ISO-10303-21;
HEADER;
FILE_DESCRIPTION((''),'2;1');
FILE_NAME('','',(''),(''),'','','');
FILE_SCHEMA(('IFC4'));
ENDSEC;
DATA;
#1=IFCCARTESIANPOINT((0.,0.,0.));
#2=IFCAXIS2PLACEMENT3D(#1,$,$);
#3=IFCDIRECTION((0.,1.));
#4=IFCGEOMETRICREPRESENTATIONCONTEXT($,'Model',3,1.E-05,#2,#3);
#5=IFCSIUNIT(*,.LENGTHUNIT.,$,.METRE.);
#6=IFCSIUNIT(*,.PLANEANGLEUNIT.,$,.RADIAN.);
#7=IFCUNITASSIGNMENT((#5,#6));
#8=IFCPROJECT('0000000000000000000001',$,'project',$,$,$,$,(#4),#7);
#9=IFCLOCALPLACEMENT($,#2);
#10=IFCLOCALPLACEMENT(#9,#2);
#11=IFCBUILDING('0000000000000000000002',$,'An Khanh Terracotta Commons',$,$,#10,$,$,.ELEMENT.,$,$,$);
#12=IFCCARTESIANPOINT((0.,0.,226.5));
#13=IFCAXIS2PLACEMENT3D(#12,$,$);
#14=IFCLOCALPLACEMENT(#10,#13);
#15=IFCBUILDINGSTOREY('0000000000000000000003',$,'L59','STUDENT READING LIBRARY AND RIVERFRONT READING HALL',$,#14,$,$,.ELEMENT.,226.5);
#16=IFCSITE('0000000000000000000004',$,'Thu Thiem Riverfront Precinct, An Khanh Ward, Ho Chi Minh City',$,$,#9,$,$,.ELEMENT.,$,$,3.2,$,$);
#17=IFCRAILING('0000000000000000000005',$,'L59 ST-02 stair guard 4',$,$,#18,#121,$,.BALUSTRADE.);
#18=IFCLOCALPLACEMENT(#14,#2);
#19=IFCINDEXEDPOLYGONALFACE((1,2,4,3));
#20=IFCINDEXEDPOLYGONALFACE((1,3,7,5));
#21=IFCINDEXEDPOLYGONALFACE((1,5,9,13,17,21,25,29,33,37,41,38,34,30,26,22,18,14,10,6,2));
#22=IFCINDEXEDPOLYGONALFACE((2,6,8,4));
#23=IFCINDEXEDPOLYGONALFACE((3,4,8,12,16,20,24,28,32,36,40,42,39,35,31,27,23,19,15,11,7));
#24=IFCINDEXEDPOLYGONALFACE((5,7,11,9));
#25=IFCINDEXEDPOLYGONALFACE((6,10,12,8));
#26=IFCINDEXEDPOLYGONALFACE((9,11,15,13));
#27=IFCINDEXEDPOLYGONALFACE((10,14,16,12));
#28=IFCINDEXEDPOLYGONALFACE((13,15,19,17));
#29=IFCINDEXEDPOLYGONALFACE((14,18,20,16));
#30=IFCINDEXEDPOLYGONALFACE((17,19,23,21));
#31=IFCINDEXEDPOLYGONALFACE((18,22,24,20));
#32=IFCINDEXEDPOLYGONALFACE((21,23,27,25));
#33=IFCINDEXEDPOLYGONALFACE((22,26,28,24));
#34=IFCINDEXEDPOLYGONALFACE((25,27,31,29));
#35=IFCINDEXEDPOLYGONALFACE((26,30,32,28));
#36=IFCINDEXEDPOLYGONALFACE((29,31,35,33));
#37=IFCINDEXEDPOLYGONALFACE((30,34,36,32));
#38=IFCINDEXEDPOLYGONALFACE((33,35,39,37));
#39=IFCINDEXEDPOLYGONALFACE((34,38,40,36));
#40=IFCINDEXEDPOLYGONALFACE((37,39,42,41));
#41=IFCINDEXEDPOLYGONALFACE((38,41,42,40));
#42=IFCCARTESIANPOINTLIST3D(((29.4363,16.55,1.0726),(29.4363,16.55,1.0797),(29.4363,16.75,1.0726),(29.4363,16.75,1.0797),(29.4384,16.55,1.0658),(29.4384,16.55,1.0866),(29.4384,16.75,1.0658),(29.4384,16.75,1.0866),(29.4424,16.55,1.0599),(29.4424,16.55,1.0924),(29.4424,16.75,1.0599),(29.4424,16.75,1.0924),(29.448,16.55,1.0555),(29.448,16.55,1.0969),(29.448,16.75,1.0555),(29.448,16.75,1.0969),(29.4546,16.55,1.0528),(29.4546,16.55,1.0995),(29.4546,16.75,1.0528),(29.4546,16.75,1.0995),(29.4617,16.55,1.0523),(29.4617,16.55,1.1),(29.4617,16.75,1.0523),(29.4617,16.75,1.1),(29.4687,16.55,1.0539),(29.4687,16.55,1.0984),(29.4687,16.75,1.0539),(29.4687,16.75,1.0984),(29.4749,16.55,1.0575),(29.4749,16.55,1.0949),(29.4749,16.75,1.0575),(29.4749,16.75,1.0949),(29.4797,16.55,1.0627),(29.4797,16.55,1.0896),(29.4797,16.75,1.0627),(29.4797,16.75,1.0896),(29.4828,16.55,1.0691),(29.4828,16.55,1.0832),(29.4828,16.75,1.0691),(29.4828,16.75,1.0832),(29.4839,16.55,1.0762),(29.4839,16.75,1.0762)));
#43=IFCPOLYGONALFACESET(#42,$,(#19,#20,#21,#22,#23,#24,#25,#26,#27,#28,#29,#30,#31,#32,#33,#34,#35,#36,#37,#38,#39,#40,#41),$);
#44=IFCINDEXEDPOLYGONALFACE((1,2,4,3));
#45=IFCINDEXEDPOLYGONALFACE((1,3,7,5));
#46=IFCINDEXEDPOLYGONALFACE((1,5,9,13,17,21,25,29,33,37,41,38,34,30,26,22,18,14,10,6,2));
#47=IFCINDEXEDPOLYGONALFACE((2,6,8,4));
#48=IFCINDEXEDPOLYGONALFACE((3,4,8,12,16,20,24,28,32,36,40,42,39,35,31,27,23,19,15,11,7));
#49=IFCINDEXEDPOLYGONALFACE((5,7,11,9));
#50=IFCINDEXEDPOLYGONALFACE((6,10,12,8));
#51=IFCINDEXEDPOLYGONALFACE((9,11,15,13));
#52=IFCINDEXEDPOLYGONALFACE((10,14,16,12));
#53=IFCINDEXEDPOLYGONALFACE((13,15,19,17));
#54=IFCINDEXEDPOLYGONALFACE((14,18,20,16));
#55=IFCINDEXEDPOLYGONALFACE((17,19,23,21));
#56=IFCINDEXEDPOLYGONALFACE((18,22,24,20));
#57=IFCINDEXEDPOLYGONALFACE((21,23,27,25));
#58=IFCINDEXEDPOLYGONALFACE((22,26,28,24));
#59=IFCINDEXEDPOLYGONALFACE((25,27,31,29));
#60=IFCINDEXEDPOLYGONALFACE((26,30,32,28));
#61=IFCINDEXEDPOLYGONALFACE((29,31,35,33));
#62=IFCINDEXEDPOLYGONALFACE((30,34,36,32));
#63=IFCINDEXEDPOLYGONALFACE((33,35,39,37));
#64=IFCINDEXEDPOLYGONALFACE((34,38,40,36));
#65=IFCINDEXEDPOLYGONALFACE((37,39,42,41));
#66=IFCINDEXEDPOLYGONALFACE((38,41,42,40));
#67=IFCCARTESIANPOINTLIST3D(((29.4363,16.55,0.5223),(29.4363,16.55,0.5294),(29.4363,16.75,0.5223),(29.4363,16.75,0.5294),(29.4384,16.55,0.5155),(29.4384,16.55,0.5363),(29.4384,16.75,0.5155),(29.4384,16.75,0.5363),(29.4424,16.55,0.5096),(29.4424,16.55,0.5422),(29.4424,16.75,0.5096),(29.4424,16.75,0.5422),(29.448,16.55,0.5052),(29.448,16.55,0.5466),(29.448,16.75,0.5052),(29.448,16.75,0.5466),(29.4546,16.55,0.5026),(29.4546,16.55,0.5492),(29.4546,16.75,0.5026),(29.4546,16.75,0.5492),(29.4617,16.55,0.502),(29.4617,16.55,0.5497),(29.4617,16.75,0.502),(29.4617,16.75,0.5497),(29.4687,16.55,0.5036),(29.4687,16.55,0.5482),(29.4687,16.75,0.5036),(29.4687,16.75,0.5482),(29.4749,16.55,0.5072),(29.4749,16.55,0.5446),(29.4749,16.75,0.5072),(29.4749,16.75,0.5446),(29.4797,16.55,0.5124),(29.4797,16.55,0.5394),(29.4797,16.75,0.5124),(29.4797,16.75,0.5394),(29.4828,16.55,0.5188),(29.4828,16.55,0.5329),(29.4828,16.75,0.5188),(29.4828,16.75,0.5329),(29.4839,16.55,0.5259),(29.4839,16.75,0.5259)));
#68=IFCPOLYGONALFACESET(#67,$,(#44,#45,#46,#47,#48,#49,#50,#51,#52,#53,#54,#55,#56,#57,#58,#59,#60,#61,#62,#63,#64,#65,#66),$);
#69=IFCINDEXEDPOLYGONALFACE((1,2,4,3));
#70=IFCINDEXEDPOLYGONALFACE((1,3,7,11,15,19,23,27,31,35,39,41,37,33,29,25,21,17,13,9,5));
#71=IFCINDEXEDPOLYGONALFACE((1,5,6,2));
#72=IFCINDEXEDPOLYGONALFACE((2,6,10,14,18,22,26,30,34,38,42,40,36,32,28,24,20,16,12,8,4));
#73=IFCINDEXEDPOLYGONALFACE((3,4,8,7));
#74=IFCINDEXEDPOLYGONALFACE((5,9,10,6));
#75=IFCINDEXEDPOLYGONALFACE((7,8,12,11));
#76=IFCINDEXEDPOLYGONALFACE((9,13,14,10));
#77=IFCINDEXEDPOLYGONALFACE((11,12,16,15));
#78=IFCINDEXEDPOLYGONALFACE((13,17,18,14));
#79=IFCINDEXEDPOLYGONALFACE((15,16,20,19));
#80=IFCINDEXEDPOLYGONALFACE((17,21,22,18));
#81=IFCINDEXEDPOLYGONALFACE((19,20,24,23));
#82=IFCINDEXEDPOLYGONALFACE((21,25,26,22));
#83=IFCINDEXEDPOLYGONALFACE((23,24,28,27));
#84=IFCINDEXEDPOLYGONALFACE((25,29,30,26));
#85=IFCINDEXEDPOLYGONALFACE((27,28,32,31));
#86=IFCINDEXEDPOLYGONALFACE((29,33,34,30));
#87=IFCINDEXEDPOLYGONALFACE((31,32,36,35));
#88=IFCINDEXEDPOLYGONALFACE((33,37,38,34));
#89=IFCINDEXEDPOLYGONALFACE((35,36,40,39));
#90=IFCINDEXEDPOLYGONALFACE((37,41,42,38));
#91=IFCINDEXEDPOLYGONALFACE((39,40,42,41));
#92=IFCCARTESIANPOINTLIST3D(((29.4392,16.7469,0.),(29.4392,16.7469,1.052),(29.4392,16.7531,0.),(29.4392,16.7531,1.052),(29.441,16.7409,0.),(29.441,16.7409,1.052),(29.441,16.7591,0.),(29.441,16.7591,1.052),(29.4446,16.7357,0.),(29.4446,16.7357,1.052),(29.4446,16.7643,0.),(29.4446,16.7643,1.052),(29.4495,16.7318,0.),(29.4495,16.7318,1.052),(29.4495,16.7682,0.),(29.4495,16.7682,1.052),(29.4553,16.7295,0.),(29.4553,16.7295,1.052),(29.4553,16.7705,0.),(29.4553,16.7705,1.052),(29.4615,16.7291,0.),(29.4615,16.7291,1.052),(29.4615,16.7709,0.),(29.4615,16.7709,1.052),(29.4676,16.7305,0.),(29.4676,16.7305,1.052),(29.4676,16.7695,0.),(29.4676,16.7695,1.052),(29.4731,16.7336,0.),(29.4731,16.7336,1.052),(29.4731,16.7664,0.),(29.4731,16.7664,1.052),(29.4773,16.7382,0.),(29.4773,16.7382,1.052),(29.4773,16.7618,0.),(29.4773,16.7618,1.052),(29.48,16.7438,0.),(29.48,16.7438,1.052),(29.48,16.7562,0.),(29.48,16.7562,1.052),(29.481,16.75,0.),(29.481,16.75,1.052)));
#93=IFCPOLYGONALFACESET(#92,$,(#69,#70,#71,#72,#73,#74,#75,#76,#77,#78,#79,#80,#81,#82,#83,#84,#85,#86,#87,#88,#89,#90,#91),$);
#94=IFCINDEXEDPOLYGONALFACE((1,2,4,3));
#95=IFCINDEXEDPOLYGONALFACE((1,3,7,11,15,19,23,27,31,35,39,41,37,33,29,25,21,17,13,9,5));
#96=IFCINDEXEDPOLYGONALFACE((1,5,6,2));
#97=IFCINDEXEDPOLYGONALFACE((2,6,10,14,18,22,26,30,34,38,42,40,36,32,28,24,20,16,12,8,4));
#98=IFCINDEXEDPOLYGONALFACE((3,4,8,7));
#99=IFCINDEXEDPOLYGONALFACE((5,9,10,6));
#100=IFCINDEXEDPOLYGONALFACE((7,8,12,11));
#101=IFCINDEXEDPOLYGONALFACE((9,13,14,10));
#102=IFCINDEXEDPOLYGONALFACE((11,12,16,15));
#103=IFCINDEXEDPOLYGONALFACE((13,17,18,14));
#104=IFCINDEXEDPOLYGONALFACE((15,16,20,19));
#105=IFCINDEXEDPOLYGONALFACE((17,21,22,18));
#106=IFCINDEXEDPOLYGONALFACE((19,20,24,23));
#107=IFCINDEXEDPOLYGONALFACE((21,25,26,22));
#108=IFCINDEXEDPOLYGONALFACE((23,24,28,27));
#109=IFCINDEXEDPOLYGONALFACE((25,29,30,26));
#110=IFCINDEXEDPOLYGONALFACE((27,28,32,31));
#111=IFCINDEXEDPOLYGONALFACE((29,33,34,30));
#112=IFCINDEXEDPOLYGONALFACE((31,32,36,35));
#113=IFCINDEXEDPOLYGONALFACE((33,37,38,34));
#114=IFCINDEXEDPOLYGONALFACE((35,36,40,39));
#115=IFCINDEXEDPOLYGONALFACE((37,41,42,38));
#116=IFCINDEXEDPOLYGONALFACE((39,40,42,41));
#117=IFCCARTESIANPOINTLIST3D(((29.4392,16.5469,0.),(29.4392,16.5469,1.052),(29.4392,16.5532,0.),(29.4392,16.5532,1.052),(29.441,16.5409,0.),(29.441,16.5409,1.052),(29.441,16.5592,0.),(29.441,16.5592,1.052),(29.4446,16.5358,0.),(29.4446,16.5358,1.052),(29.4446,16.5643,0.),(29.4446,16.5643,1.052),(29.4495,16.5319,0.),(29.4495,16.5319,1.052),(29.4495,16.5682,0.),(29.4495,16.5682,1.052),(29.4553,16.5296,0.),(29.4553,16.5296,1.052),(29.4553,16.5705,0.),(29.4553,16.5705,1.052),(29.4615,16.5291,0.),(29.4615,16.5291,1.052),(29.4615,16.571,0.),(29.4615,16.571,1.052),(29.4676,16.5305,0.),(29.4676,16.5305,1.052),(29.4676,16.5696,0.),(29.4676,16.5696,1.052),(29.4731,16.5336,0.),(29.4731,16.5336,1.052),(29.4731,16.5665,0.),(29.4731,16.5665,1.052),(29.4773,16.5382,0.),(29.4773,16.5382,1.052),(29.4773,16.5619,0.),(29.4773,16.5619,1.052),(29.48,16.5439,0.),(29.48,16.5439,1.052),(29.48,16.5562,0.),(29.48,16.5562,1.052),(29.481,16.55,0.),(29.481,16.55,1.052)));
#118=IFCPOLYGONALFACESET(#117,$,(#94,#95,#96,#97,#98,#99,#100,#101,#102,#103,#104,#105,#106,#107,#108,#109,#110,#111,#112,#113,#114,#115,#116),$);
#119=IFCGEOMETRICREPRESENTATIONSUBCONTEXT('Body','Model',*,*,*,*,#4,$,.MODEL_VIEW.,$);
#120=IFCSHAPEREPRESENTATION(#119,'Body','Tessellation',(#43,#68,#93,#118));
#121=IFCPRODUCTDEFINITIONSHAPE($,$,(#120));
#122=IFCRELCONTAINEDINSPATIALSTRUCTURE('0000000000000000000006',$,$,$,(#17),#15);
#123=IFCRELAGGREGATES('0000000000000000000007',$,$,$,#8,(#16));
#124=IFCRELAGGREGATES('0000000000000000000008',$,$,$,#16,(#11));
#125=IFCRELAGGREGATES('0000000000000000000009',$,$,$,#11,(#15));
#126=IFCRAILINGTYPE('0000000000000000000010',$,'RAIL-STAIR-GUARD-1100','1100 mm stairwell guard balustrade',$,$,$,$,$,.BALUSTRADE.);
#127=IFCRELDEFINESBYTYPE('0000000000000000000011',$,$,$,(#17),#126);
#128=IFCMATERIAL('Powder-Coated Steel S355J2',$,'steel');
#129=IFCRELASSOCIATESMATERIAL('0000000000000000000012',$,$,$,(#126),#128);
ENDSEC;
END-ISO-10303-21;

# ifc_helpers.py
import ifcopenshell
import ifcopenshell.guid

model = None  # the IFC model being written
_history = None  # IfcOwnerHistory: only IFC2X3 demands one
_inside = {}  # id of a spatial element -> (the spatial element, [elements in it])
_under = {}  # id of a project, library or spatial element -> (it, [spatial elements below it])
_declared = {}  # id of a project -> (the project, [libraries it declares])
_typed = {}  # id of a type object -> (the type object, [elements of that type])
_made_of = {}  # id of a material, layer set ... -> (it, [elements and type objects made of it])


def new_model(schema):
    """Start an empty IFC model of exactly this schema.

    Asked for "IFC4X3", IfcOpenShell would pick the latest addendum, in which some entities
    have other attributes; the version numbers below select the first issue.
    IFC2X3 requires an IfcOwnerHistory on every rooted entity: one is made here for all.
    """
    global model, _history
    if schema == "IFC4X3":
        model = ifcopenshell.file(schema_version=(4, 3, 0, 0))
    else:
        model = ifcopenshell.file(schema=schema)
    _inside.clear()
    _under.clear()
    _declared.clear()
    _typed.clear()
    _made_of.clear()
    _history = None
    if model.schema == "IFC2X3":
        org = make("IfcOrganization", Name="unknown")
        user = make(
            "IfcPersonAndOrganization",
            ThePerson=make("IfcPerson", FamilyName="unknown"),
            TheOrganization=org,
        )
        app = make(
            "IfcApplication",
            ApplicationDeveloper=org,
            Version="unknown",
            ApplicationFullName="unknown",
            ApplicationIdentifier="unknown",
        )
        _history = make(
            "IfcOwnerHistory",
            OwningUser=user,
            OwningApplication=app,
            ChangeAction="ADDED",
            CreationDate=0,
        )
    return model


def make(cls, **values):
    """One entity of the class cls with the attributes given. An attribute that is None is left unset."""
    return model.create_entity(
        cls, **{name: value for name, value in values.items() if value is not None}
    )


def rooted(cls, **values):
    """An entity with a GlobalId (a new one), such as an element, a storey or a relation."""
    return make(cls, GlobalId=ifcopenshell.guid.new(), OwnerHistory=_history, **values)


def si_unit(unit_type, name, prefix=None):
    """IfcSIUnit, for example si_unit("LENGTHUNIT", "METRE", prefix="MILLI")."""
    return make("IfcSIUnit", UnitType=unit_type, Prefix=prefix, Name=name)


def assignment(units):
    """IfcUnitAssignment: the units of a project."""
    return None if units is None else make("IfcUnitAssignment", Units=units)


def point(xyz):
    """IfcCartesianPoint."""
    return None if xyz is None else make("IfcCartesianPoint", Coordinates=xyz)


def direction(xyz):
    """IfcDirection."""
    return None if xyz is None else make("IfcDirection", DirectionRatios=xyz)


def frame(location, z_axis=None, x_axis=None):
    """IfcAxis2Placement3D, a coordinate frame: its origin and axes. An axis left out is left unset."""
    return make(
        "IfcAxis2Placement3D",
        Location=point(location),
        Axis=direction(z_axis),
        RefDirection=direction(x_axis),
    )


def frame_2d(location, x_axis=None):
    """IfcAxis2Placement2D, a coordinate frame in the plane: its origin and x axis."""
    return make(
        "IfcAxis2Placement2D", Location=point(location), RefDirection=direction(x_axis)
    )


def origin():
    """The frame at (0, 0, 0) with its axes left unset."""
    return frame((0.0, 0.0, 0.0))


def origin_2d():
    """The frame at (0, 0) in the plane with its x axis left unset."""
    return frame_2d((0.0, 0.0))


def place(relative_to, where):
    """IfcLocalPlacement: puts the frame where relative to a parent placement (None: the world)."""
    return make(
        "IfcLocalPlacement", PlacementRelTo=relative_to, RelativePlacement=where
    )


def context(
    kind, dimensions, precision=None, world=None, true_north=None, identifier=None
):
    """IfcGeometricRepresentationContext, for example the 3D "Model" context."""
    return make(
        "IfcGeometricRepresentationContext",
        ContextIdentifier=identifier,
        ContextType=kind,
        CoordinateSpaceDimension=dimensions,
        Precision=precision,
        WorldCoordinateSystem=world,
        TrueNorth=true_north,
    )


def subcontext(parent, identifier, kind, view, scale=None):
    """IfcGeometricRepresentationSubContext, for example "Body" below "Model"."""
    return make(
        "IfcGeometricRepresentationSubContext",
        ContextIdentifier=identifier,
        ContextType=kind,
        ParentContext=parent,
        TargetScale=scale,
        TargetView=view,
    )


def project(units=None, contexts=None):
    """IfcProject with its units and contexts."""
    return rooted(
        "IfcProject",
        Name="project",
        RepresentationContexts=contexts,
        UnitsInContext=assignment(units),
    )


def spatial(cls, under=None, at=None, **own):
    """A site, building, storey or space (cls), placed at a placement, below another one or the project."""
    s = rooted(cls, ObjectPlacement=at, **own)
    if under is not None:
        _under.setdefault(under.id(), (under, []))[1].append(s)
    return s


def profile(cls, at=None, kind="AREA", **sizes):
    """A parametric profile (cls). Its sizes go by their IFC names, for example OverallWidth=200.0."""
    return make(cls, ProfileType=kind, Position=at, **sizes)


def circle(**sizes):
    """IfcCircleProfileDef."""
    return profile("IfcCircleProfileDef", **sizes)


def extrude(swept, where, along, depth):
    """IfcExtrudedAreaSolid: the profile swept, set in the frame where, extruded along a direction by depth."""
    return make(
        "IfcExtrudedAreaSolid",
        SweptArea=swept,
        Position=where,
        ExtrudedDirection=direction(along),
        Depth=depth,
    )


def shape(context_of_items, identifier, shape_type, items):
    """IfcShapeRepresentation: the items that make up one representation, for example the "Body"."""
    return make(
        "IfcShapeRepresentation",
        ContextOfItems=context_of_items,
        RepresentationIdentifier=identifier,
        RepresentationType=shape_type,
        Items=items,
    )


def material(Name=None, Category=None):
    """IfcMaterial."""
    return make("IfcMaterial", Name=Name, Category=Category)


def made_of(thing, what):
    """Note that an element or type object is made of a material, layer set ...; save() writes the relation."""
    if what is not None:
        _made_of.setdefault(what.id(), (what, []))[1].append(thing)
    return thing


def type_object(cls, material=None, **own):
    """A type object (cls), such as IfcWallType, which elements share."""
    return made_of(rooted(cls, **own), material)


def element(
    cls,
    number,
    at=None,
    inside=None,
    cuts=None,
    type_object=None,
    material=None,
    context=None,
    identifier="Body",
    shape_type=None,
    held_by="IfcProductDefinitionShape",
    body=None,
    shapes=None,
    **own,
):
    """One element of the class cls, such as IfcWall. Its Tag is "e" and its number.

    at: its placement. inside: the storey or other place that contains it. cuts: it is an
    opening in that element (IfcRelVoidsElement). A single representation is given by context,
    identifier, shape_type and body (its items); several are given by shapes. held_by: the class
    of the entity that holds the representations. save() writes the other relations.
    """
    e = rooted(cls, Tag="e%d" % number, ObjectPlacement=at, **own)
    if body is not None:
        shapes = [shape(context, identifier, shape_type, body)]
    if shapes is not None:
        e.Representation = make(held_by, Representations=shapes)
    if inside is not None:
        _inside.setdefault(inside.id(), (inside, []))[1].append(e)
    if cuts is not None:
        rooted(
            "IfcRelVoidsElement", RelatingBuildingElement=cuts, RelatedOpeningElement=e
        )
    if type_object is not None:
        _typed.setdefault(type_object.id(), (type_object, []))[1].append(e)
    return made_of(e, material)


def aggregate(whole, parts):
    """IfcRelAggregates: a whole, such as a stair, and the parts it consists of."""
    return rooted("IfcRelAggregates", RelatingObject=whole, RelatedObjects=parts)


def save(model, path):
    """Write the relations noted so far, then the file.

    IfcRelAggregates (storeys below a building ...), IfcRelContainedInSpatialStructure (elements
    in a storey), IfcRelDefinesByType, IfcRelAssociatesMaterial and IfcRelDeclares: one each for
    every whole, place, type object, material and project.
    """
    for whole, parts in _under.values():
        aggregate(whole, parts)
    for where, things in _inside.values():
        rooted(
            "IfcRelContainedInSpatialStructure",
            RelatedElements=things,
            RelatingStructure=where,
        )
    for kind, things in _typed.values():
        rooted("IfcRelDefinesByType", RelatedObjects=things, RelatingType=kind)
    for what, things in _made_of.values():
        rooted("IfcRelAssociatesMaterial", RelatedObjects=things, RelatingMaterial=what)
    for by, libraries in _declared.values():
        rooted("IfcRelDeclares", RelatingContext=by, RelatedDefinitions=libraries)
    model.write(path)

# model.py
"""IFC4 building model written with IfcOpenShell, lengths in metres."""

from ifc_helpers import new_model, si_unit, direction, frame, origin, origin_2d, place, context, subcontext, project, spatial, circle, extrude, material, type_object, element, save


model = new_model("IFC4")

# Units and contexts
model_context = context("Model", 3, precision=1e-05, world=origin(), true_north=direction((0.0, 1.0)))
body_context = subcontext(model_context, "Body", "Model", "MODEL_VIEW")
ifc_project = project(units=[si_unit("LENGTHUNIT", "METRE"), si_unit("PLANEANGLEUNIT", "RADIAN")], contexts=[model_context])

# Site, building, storey
site_placement = place(None, origin())
site = spatial("IfcSite", under=ifc_project, at=site_placement, Name="Thu Thiem Riverfront Precinct, An Khanh Ward, Ho Chi Minh City", CompositionType="ELEMENT", RefElevation=3.2)
building_placement = place(site_placement, origin())
building = spatial("IfcBuilding", under=site, at=building_placement, Name="An Khanh Terracotta Commons", CompositionType="ELEMENT")
storey_placement = place(building_placement, frame((0.0, 0.0, 226.5)))
storey = spatial("IfcBuildingStorey", under=building, at=storey_placement, Name="L59", Description="STUDENT READING LIBRARY AND RIVERFRONT READING HALL", CompositionType="ELEMENT", Elevation=226.5)

# Railing
ifc_material_1 = material(Name="Powder-Coated Steel S355J2", Category="steel")
railing_type_1 = type_object("IfcRailingType", Name="RAIL-STAIR-GUARD-1100", Description="1100 mm stairwell guard balustrade", PredefinedType="BALUSTRADE", material=ifc_material_1)
railing_1_placement = place(storey_placement, frame((29.46, 16.75, 0.0)))
element("IfcRailing", 1, at=railing_1_placement, inside=storey, type_object=railing_type_1, Name="L59 ST-02 stair guard 4", PredefinedType="BALUSTRADE", context=body_context, shape_type="SweptSolid", body=[
    extrude(circle(Radius=0.0239, at=origin_2d()), frame((0.0, 0.0, 1.0762), z_axis=(0.0, -1.0, 0.0), x_axis=(1.0, 0.0, 0.0)), (0.0, 0.0, 1.0), 0.2),
    extrude(circle(Radius=0.0239, at=origin_2d()), frame((0.0, 0.0, 0.5259), z_axis=(0.0, -1.0, 0.0), x_axis=(1.0, 0.0, 0.0)), (0.0, 0.0, 1.0), 0.2),
    extrude(circle(Radius=0.021, at=origin_2d()), origin(), (0.0, 0.0, 1.0), 1.052),
    extrude(circle(Radius=0.021, at=origin_2d()), frame((0.0, -0.2, 0.0)), (0.0, 0.0, 1.0), 1.052),
])

save(model, "model.ifc")
